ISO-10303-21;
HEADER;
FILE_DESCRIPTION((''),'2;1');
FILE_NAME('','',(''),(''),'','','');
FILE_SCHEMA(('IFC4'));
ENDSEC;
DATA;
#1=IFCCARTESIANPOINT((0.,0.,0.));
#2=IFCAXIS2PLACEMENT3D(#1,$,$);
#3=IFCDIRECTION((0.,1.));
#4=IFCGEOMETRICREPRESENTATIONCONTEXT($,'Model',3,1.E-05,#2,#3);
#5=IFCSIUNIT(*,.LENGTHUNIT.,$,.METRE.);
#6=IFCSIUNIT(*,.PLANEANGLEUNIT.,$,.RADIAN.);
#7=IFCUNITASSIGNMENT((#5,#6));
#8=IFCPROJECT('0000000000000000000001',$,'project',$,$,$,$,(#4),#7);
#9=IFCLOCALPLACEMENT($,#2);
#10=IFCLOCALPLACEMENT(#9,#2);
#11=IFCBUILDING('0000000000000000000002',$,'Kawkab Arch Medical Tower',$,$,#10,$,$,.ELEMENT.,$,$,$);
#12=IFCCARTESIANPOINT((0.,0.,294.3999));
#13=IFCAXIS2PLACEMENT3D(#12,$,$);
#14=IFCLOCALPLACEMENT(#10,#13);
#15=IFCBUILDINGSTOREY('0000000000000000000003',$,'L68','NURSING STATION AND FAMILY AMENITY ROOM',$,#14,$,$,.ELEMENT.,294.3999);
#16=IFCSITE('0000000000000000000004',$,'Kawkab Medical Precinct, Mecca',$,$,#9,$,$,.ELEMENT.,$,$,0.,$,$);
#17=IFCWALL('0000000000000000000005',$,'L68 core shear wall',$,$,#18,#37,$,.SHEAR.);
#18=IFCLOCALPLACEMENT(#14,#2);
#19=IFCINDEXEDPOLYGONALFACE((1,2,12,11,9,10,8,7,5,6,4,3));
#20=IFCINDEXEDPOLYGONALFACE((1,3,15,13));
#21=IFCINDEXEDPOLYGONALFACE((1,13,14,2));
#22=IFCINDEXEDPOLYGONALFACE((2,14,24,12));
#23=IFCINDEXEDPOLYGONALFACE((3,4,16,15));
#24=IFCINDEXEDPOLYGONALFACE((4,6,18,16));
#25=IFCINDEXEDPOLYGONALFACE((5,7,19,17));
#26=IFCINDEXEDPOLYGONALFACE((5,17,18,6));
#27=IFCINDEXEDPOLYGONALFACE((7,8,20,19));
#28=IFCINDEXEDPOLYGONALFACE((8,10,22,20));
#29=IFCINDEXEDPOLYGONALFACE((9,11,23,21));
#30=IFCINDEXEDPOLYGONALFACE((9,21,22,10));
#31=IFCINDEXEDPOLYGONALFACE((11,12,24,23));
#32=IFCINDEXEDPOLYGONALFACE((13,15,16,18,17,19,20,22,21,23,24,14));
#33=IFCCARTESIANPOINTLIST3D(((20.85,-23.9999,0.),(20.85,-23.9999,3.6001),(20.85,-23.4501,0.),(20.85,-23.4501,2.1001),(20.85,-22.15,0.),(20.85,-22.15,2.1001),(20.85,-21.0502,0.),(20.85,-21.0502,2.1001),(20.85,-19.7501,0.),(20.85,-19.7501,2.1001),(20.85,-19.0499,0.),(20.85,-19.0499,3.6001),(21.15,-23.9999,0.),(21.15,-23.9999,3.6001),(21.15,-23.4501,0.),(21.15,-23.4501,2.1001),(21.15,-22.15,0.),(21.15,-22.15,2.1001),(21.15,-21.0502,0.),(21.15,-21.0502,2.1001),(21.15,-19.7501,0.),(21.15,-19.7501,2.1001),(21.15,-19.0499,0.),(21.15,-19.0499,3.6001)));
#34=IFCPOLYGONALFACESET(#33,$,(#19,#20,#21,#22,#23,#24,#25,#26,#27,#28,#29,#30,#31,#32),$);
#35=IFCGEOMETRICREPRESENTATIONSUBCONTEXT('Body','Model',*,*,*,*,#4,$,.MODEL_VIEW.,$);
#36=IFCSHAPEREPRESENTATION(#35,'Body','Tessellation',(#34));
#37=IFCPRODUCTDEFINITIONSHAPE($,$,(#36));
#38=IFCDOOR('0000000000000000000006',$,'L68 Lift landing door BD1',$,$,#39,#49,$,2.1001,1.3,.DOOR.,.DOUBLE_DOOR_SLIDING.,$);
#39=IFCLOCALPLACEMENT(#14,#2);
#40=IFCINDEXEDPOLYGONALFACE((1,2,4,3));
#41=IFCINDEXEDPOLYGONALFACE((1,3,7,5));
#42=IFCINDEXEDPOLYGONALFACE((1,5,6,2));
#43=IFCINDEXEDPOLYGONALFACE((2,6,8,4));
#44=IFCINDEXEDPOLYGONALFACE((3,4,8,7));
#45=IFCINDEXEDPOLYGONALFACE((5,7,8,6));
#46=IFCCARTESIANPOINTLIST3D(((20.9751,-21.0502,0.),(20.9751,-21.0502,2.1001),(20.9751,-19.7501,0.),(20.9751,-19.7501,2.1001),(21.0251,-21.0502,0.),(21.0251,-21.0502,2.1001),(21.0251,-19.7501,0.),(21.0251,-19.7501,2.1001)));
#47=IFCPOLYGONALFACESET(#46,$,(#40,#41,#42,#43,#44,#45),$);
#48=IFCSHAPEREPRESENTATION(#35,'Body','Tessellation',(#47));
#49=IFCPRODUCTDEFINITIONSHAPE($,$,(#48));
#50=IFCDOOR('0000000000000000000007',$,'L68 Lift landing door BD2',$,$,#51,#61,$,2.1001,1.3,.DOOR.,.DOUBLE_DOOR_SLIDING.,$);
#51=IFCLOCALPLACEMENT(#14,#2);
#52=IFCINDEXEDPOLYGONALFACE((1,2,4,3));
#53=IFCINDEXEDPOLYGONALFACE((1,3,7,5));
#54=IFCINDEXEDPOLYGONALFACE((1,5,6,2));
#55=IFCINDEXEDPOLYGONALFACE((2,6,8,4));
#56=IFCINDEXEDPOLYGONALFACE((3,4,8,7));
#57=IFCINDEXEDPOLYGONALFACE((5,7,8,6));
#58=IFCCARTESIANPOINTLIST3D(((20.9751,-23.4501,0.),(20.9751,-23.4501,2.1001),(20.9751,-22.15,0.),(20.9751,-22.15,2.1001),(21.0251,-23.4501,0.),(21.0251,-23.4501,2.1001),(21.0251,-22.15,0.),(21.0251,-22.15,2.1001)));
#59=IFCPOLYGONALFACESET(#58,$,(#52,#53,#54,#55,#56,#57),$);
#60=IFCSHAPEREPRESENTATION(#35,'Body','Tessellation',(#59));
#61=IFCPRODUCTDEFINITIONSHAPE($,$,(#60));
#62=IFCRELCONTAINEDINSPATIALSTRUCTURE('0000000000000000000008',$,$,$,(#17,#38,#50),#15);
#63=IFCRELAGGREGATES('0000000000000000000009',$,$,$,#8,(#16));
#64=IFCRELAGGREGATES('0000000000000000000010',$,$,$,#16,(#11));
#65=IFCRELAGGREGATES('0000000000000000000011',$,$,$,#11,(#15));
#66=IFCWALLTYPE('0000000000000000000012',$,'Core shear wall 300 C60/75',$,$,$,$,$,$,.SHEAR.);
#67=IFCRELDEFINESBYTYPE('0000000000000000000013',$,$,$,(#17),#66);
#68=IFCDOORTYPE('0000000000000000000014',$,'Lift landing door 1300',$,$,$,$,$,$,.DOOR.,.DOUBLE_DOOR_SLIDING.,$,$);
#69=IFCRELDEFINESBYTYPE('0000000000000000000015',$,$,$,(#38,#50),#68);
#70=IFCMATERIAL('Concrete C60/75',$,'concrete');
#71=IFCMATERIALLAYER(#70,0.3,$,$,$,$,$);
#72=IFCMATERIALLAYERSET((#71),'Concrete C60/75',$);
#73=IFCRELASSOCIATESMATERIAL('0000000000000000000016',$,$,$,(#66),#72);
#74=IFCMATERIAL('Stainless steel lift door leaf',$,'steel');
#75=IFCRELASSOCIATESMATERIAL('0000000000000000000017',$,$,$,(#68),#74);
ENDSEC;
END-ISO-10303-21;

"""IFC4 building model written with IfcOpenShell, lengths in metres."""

from ifc_helpers import new_model, si_unit, direction, frame, frame_2d, origin, place, context, subcontext, project, spatial, rectangle, extrude, material, layer, layer_set, type_object, element, fill, save


model = new_model("IFC4")

# Units and contexts
model_context = context("Model", 3, precision=1e-05, world=origin(), true_north=direction((0.0, 1.0)))
body_context = subcontext(model_context, "Body", "Model", "MODEL_VIEW")
ifc_project = project(units=[si_unit("LENGTHUNIT", "METRE"), si_unit("PLANEANGLEUNIT", "RADIAN")], contexts=[model_context])

# Site, building, storey
site_placement = place(None, origin())
site = spatial("IfcSite", under=ifc_project, at=site_placement, Name="Kawkab Medical Precinct, Mecca", CompositionType="ELEMENT", RefElevation=0.0)
building_placement = place(site_placement, origin())
building = spatial("IfcBuilding", under=site, at=building_placement, Name="Kawkab Arch Medical Tower", CompositionType="ELEMENT")
storey_placement = place(building_placement, frame((0.0, 0.0, 294.3999)))
storey = spatial("IfcBuildingStorey", under=building, at=storey_placement, Name="L68", Description="NURSING STATION AND FAMILY AMENITY ROOM", CompositionType="ELEMENT", Elevation=294.3999)

# Shared definitions
ifc_material_1 = material(Name="Concrete C60/75", Category="concrete")
ifc_layer_1 = layer(ifc_material_1, 0.3)
ifc_layer_set_1 = layer_set([ifc_layer_1], Name="Concrete C60/75")
wall_type_1 = type_object("IfcWallType", Name="Core shear wall 300 C60/75", PredefinedType="SHEAR", material=ifc_layer_set_1)

# Wall, openings, doors
wall_1_placement = place(storey_placement, frame((21.0, -24.0, 0.0), z_axis=(0.0, 0.0, 1.0), x_axis=(0.0, 1.0, 0.0)))
wall_1 = element("IfcWall", 1, at=wall_1_placement, inside=storey, type_object=wall_type_1, Name="L68 core shear wall", PredefinedType="SHEAR", context=body_context, shape_type="SweptSolid", body=[
    extrude(rectangle(XDim=4.95, YDim=0.3, at=frame_2d((2.4751, 0.0))), origin(), (0.0, 0.0, 1.0), 3.6001),
])
opening_1_placement = place(wall_1_placement, frame((2.95, 0.0, 0.0)))
opening_1 = element("IfcOpeningElement", 2, at=opening_1_placement, cuts=wall_1, PredefinedType="OPENING", context=body_context, shape_type="SweptSolid", body=[
    extrude(rectangle(XDim=1.3, YDim=2.1001, at=frame_2d((0.6499, 1.05))), frame((0.0, 0.1599, 0.0), z_axis=(0.0, -1.0, 0.0), x_axis=(1.0, 0.0, 0.0)), (0.0, 0.0, 1.0), 0.3201),
])
opening_2_placement = place(wall_1_placement, frame((0.55, 0.0, 0.0)))
opening_2 = element("IfcOpeningElement", 3, at=opening_2_placement, cuts=wall_1, PredefinedType="OPENING", context=body_context, shape_type="SweptSolid", body=[
    extrude(rectangle(XDim=1.3, YDim=2.1001, at=frame_2d((0.6499, 1.05))), frame((0.0, 0.1599, 0.0), z_axis=(0.0, -1.0, 0.0), x_axis=(1.0, 0.0, 0.0)), (0.0, 0.0, 1.0), 0.3201),
])
ifc_material_2 = material(Name="Stainless steel lift door leaf", Category="steel")
door_type_1 = type_object("IfcDoorType", Name="Lift landing door 1300", OperationType="DOUBLE_DOOR_SLIDING", PredefinedType="DOOR", material=ifc_material_2)
door_1_placement = place(opening_1_placement, origin())
door_1 = element("IfcDoor", 4, at=door_1_placement, inside=storey, type_object=door_type_1, Name="L68 Lift landing door BD1", OperationType="DOUBLE_DOOR_SLIDING", OverallHeight=2.1001, OverallWidth=1.3, PredefinedType="DOOR", context=body_context, shape_type="SweptSolid", body=[
    extrude(rectangle(XDim=1.3, YDim=2.1001, at=frame_2d((0.6499, 1.05))), frame((0.0, 0.0249, 0.0), z_axis=(0.0, -1.0, 0.0), x_axis=(1.0, 0.0, 0.0)), (0.0, 0.0, 1.0), 0.05),
])
fill(opening_1, door_1)
door_2_placement = place(opening_2_placement, origin())
door_2 = element("IfcDoor", 5, at=door_2_placement, inside=storey, type_object=door_type_1, Name="L68 Lift landing door BD2", OperationType="DOUBLE_DOOR_SLIDING", OverallHeight=2.1001, OverallWidth=1.3, PredefinedType="DOOR", context=body_context, shape_type="SweptSolid", body=[
    extrude(rectangle(XDim=1.3, YDim=2.1001, at=frame_2d((0.6499, 1.05))), frame((0.0, 0.0249, 0.0), z_axis=(0.0, -1.0, 0.0), x_axis=(1.0, 0.0, 0.0)), (0.0, 0.0, 1.0), 0.05),
])
fill(opening_2, door_2)

save(model, "model.ifc")
